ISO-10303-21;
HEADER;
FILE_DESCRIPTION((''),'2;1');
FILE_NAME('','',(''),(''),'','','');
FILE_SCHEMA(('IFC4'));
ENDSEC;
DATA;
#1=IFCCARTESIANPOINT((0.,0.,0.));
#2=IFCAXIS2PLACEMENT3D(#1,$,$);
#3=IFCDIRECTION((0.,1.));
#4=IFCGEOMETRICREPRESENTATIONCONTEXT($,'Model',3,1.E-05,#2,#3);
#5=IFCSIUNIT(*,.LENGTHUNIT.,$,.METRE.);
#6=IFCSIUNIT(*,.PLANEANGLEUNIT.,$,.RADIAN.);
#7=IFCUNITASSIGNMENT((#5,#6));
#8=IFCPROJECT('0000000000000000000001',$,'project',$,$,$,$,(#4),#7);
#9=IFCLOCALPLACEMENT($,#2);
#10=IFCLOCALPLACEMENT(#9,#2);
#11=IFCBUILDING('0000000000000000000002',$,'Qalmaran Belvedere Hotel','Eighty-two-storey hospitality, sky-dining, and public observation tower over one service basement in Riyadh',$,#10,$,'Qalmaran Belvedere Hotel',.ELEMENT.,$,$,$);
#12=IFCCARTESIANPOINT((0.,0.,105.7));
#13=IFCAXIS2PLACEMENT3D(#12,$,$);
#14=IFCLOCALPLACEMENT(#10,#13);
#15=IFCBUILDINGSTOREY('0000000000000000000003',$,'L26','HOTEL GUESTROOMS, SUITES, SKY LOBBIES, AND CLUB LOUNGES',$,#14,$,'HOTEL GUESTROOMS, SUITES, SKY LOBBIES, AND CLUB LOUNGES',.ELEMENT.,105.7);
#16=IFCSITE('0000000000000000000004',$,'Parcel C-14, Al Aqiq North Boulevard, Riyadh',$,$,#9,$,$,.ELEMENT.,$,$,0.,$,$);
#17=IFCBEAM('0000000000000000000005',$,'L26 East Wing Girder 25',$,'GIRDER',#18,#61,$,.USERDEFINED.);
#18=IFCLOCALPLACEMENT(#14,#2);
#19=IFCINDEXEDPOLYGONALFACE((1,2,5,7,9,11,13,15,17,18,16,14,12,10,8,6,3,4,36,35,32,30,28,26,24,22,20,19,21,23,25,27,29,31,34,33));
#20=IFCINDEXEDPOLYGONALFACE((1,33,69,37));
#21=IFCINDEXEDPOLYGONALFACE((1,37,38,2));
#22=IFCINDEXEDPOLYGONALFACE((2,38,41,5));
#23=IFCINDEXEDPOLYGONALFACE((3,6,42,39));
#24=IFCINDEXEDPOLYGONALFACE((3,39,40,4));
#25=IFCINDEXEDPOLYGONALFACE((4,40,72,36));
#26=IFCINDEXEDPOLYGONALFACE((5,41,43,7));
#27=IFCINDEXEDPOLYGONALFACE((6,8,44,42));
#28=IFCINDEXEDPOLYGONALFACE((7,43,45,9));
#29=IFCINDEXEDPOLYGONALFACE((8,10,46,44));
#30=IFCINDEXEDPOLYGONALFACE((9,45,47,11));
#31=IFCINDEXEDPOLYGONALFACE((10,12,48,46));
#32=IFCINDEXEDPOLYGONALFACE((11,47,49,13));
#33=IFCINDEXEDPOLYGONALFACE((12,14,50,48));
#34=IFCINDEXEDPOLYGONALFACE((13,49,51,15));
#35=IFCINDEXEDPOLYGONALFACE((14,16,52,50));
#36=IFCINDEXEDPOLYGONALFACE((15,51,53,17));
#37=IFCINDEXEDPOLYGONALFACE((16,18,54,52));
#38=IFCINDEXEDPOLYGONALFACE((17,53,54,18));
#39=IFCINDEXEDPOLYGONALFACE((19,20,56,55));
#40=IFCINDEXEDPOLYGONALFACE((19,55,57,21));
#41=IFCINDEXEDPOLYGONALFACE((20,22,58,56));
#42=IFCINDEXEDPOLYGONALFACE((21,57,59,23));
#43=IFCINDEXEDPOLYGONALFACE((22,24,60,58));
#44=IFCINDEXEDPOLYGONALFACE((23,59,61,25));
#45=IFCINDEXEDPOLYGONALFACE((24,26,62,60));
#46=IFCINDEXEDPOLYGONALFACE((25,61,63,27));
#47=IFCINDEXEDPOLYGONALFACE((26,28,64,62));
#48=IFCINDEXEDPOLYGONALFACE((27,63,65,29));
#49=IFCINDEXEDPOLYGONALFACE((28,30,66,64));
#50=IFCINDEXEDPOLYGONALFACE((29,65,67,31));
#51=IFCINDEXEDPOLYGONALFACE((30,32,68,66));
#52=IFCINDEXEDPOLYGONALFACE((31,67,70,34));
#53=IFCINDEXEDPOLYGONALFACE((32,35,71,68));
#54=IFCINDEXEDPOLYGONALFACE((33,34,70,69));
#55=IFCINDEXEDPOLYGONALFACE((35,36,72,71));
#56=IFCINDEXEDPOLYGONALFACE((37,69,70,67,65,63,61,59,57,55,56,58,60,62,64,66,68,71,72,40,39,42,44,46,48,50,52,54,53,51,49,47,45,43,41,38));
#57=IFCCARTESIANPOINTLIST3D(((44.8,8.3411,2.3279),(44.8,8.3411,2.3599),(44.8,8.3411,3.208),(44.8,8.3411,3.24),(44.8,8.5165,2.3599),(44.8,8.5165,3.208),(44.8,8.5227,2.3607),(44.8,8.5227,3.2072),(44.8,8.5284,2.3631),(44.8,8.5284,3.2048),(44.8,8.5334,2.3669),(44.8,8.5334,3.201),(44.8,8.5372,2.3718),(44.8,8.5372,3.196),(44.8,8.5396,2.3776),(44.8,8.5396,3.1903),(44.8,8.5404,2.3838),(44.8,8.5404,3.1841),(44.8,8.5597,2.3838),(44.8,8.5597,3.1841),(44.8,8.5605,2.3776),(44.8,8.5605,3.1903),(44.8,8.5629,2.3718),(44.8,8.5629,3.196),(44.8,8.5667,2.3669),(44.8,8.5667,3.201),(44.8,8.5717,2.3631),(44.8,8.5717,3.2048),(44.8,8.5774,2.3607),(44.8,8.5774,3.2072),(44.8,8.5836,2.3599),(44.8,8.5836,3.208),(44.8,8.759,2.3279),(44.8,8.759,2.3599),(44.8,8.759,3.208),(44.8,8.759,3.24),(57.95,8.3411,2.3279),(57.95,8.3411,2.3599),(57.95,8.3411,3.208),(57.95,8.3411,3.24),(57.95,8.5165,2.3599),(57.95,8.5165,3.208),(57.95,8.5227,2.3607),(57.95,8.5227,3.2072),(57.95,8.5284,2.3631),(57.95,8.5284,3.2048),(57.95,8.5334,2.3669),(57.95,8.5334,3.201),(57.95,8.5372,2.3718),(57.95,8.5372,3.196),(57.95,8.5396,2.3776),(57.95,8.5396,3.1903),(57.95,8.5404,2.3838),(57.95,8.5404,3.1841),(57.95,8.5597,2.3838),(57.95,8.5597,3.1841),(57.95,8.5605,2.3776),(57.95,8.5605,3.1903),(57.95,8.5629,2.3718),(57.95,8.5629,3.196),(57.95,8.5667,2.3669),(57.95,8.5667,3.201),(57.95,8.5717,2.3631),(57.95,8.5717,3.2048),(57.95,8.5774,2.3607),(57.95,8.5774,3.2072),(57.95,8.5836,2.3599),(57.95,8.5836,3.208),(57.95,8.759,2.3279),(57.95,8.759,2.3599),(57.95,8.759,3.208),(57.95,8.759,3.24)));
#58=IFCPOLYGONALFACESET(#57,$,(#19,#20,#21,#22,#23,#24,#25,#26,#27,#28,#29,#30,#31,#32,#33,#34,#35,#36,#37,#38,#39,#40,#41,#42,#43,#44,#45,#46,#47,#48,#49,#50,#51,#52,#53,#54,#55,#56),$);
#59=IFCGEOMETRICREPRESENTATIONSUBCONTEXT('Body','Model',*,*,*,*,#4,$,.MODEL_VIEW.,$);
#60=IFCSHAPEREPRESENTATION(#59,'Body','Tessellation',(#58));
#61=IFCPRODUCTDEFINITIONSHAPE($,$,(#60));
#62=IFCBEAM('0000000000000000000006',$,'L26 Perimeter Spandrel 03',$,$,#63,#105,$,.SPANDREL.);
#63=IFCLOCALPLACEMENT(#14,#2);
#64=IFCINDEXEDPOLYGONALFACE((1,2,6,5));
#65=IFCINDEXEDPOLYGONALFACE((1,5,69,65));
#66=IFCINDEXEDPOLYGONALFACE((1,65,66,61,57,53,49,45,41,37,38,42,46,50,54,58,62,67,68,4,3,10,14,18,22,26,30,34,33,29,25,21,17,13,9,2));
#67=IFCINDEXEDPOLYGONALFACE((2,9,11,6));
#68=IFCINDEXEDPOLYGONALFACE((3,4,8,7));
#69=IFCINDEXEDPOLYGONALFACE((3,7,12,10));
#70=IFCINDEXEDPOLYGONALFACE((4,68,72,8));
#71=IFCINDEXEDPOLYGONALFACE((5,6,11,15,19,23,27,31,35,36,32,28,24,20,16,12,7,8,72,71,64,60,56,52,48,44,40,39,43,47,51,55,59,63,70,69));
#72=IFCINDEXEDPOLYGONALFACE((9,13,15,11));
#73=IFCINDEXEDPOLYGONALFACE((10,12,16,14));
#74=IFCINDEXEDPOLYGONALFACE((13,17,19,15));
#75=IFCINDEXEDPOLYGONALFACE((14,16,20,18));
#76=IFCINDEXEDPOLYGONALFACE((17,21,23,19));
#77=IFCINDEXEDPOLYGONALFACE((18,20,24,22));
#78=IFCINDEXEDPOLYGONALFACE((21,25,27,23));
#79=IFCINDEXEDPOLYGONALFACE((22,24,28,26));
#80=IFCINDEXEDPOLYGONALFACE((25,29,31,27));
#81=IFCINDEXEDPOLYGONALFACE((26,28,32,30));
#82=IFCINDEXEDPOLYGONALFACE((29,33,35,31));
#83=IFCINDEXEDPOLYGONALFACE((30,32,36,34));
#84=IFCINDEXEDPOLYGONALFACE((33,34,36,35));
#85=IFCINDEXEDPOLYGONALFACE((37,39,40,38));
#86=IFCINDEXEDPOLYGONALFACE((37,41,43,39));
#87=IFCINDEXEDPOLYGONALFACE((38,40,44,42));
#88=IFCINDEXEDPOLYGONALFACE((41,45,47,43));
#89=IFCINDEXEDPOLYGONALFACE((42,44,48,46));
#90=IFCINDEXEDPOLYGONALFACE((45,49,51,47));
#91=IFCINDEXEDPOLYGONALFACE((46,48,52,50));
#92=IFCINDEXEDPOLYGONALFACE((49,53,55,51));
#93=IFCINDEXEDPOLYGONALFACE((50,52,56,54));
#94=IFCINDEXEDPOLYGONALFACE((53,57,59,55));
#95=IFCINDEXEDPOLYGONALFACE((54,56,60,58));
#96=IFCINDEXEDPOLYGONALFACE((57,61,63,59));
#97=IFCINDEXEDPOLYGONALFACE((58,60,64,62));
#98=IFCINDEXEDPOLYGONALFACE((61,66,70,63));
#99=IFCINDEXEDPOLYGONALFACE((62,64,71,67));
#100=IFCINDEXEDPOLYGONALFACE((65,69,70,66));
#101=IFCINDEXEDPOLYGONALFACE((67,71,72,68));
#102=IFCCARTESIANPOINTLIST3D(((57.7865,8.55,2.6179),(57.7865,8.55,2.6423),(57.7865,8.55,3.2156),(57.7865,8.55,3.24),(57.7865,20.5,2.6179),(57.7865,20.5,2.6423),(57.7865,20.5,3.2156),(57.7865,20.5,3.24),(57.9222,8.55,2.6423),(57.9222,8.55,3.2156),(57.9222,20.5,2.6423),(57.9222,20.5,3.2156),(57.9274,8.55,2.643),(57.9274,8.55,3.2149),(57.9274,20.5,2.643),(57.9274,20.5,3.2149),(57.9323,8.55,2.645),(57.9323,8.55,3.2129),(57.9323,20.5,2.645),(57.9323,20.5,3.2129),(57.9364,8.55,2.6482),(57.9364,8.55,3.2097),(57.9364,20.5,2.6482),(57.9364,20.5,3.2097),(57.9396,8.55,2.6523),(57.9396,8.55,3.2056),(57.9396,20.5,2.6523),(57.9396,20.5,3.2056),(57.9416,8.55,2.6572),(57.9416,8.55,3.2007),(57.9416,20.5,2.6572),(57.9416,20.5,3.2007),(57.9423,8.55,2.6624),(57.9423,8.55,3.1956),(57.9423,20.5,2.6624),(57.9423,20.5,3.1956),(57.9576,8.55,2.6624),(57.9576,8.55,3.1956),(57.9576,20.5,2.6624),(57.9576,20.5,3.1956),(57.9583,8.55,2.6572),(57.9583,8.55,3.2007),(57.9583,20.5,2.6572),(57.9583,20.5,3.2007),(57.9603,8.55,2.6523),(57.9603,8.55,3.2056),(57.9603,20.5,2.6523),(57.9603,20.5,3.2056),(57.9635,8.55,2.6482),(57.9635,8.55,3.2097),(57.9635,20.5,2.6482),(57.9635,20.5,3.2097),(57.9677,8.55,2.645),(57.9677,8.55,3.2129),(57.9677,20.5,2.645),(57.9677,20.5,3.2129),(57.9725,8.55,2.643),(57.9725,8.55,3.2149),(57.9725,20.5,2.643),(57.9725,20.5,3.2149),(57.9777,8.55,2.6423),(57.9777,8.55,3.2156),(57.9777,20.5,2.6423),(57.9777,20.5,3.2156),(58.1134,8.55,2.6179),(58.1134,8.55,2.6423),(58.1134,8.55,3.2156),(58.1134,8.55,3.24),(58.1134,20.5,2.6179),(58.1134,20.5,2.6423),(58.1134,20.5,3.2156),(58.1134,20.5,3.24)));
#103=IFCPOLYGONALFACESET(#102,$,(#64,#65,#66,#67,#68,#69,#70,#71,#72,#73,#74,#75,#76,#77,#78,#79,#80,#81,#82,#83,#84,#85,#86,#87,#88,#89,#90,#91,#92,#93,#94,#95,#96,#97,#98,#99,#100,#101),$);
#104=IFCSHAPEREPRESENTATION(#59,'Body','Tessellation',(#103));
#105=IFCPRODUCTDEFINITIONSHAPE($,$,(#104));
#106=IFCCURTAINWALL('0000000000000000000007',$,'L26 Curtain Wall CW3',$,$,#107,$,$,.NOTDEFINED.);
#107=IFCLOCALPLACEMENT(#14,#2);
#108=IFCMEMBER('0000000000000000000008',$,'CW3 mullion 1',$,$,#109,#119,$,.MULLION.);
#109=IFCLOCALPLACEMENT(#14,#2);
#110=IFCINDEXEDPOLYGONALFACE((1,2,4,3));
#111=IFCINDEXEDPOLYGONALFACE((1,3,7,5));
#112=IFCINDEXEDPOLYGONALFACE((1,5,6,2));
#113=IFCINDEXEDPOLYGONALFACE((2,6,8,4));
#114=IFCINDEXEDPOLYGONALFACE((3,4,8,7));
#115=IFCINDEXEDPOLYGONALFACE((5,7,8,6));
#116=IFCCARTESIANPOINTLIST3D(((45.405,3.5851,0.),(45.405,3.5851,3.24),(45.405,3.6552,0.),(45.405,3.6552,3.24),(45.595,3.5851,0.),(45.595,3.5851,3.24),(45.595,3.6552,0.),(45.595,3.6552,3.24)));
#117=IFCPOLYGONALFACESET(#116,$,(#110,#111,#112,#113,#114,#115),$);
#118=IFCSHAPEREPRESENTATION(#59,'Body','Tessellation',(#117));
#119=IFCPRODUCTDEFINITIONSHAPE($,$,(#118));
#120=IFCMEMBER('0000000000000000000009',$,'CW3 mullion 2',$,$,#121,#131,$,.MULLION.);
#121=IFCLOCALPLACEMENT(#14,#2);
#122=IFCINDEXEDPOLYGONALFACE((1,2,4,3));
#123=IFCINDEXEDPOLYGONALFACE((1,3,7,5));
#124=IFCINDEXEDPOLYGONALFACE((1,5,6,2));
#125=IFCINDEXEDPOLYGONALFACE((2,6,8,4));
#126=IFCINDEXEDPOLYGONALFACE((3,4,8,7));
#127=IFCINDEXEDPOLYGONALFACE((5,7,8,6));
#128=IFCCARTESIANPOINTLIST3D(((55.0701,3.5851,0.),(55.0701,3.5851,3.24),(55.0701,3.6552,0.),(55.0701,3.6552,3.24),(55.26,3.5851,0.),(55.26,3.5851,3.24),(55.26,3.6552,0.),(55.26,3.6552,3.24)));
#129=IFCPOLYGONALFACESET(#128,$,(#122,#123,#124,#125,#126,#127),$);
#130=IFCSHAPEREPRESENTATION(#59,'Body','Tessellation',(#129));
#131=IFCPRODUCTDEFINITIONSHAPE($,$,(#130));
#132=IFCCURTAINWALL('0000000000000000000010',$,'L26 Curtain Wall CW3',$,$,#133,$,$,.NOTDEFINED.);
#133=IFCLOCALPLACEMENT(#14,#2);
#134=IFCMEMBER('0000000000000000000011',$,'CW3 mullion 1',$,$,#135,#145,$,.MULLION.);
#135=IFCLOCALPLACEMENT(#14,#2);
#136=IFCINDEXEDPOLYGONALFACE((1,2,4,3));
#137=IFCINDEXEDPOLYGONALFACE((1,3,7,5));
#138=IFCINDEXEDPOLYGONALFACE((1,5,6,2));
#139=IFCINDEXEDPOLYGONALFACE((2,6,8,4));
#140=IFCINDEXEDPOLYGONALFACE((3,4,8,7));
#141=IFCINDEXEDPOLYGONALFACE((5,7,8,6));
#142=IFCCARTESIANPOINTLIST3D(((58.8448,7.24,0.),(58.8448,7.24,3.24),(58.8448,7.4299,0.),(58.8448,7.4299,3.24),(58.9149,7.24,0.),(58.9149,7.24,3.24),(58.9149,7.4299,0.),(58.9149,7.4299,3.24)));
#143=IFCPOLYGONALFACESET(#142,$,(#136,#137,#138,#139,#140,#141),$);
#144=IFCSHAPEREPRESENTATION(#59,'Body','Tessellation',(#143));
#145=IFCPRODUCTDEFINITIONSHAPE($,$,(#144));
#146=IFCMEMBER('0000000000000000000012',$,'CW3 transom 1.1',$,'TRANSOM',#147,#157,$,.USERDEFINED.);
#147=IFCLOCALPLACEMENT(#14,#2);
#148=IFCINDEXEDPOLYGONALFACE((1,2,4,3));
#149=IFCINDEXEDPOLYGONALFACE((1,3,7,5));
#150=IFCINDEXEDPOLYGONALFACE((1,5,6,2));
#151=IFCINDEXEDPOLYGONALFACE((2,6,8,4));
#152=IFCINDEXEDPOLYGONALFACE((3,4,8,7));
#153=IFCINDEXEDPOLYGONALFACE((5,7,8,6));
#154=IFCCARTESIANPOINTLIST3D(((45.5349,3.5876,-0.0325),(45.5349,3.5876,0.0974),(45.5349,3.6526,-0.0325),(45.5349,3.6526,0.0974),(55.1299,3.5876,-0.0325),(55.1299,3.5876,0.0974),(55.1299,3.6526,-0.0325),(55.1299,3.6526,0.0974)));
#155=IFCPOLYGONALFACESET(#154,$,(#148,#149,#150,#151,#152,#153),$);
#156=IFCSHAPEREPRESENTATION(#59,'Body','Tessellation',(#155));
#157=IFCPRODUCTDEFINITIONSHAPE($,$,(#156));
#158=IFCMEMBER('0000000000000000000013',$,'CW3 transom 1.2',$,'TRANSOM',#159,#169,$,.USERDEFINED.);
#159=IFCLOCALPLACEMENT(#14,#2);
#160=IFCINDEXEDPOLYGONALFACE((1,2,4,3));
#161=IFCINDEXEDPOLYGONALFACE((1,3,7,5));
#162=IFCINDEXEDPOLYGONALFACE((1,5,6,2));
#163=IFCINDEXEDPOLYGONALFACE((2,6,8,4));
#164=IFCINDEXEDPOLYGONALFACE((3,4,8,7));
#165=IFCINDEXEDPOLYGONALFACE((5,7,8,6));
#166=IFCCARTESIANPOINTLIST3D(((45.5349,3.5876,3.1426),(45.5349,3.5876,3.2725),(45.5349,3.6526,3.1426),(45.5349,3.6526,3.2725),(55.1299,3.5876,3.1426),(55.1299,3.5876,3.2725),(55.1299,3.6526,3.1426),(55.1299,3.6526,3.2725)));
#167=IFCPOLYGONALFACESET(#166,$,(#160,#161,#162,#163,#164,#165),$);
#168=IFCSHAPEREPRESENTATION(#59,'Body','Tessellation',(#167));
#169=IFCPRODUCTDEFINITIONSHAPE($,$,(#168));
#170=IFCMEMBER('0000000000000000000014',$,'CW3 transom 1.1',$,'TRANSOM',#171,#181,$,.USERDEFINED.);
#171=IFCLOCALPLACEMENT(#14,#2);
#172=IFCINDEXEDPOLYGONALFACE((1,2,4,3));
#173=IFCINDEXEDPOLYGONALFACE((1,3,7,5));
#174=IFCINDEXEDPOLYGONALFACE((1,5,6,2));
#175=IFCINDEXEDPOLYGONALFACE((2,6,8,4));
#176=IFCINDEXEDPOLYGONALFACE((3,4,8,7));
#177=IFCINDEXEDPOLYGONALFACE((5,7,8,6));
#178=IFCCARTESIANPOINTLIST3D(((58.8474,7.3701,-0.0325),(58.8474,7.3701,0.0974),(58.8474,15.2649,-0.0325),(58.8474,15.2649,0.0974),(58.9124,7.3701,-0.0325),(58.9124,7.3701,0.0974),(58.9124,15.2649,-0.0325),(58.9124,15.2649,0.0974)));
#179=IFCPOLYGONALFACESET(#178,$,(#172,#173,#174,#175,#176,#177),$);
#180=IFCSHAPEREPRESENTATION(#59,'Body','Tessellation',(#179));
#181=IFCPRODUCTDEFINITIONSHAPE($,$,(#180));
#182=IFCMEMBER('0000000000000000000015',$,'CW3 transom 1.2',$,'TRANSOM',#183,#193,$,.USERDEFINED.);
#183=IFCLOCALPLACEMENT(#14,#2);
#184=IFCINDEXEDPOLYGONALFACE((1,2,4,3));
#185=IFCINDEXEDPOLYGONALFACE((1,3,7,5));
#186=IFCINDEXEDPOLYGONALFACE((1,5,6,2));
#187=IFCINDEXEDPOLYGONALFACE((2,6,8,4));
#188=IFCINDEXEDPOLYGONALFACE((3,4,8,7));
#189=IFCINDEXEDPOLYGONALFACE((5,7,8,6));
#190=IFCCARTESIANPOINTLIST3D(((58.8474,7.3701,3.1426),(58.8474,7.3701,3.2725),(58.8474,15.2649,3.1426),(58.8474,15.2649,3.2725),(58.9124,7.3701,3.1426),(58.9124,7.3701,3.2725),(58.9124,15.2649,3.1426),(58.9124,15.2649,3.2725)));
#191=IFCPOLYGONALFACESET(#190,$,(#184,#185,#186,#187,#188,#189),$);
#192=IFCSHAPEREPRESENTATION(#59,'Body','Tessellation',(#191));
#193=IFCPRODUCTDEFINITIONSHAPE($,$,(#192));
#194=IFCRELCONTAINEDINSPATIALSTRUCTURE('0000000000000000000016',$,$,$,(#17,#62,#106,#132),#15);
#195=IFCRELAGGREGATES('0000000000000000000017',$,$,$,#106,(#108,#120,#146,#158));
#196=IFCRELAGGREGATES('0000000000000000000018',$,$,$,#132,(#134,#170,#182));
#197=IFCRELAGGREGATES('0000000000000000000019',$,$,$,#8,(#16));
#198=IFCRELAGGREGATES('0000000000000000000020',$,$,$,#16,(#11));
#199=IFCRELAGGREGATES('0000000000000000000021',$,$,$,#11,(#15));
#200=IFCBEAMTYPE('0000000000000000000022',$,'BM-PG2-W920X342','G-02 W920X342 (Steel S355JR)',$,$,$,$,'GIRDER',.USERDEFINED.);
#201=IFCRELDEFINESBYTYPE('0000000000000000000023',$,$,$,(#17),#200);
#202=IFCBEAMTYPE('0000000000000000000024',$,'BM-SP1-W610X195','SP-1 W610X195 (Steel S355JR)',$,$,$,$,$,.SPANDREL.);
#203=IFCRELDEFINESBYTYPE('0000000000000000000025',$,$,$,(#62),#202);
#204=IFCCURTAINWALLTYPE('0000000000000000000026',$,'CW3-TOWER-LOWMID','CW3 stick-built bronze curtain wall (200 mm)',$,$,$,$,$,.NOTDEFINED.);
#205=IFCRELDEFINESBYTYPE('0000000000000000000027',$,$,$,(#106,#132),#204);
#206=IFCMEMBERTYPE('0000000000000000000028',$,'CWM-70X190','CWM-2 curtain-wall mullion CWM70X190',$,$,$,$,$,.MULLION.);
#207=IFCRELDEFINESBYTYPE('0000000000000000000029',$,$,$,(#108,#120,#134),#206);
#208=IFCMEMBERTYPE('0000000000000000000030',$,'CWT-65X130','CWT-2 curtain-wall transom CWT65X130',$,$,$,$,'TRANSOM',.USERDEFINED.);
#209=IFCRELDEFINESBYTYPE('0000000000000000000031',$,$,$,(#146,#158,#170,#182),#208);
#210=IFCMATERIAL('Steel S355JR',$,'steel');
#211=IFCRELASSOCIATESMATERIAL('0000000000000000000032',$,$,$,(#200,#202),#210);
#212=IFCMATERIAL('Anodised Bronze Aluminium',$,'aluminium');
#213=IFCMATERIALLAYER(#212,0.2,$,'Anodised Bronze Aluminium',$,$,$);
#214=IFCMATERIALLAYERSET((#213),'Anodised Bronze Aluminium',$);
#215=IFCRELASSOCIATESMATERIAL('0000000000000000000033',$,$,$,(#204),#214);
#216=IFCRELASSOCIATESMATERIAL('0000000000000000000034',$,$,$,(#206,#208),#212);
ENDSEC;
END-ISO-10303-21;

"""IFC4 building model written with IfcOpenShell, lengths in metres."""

from ifc_helpers import new_model, si_unit, direction, frame, origin, origin_2d, place, context, subcontext, project, spatial, rectangle, i_section, extrude, material, layer, layer_set, material_profile, profile_set, type_object, element, aggregate, save


model = new_model("IFC4")

# Units and contexts
model_context = context("Model", 3, precision=1e-05, world=origin(), true_north=direction((0.0, 1.0)))
body_context = subcontext(model_context, "Body", "Model", "MODEL_VIEW")
ifc_project = project(units=[si_unit("LENGTHUNIT", "METRE"), si_unit("PLANEANGLEUNIT", "RADIAN")], contexts=[model_context])

# Site, building, storey
site_placement = place(None, origin())
site = spatial("IfcSite", under=ifc_project, at=site_placement, Name="Parcel C-14, Al Aqiq North Boulevard, Riyadh", CompositionType="ELEMENT", RefElevation=0.0)
building_placement = place(site_placement, origin())
building = spatial("IfcBuilding", under=site, at=building_placement, Name="Qalmaran Belvedere Hotel", Description="Eighty-two-storey hospitality, sky-dining, and public observation tower over one service basement in Riyadh", LongName="Qalmaran Belvedere Hotel", CompositionType="ELEMENT")
storey_placement = place(building_placement, frame((0.0, 0.0, 105.7)))
storey = spatial("IfcBuildingStorey", under=building, at=storey_placement, Name="L26", Description="HOTEL GUESTROOMS, SUITES, SKY LOBBIES, AND CLUB LOUNGES", LongName="HOTEL GUESTROOMS, SUITES, SKY LOBBIES, AND CLUB LOUNGES", CompositionType="ELEMENT", Elevation=105.7)

# Beams
ifc_material_1 = material(Name="Steel S355JR", Category="steel")
ifc_material_profile_1 = material_profile(ifc_material_1, i_section(OverallWidth=0.418, OverallDepth=0.9121, WebThickness=0.0193, FlangeThickness=0.032, FilletRadius=0.0239, at=origin_2d()), Name="W920X342")
ifc_profile_set_1 = profile_set([ifc_material_profile_1], Name="Steel S355JR")
beam_type_1 = type_object("IfcBeamType", Name="BM-PG2-W920X342", Description="G-02 W920X342 (Steel S355JR)", ElementType="GIRDER", PredefinedType="USERDEFINED", material=ifc_profile_set_1)
beam_1_placement = place(storey_placement, frame((44.8, 8.55, 2.7839), z_axis=(1.0, 0.0, 0.0), x_axis=(0.0, 1.0, 0.0)))
element("IfcBeam", 1, at=beam_1_placement, inside=storey, type_object=beam_type_1, Name="L26 East Wing Girder 25", ObjectType="GIRDER", PredefinedType="USERDEFINED", context=body_context, shape_type="SweptSolid", body=[
    extrude(i_section(OverallWidth=0.418, OverallDepth=0.9121, WebThickness=0.0193, FlangeThickness=0.032, FilletRadius=0.0239, at=origin_2d()), origin(), (0.0, 0.0, 1.0), 13.1499),
])
ifc_material_profile_2 = material_profile(ifc_material_1, i_section(OverallWidth=0.3269, OverallDepth=0.6221, WebThickness=0.0154, FlangeThickness=0.0244, FilletRadius=0.02, at=origin_2d()), Name="W610X195")
ifc_profile_set_2 = profile_set([ifc_material_profile_2], Name="Steel S355JR")
beam_type_2 = type_object("IfcBeamType", Name="BM-SP1-W610X195", Description="SP-1 W610X195 (Steel S355JR)", PredefinedType="SPANDREL", material=ifc_profile_set_2)
beam_2_placement = place(storey_placement, frame((57.95, 8.55, 2.929), z_axis=(0.0, 1.0, 0.0), x_axis=(-1.0, 0.0, 0.0)))
element("IfcBeam", 2, at=beam_2_placement, inside=storey, type_object=beam_type_2, Name="L26 Perimeter Spandrel 03", PredefinedType="SPANDREL", context=body_context, shape_type="SweptSolid", body=[
    extrude(i_section(OverallWidth=0.3269, OverallDepth=0.6221, WebThickness=0.0154, FlangeThickness=0.0244, FilletRadius=0.02, at=origin_2d()), origin(), (0.0, 0.0, 1.0), 11.95),
])

# Curtain wall, members
ifc_material_2 = material(Name="Anodised Bronze Aluminium", Category="aluminium")
ifc_layer_1 = layer(ifc_material_2, 0.2, Name="Anodised Bronze Aluminium")
ifc_layer_set_1 = layer_set([ifc_layer_1], Name="Anodised Bronze Aluminium")
curtain_wall_type = type_object("IfcCurtainWallType", Name="CW3-TOWER-LOWMID", Description="CW3 stick-built bronze curtain wall (200 mm)", PredefinedType="NOTDEFINED", material=ifc_layer_set_1)
curtain_wall_1_placement = place(storey_placement, origin())
curtain_wall_1 = element("IfcCurtainWall", 3, at=curtain_wall_1_placement, inside=storey, type_object=curtain_wall_type, Name="L26 Curtain Wall CW3", PredefinedType="NOTDEFINED")
ifc_material_profile_3 = material_profile(ifc_material_2, rectangle(XDim=0.0701, YDim=0.1899, at=origin_2d()), Name="CWM70X190")
ifc_profile_set_3 = profile_set([ifc_material_profile_3], Name="Anodised Bronze Aluminium")
member_type_1 = type_object("IfcMemberType", Name="CWM-70X190", Description="CWM-2 curtain-wall mullion CWM70X190", PredefinedType="MULLION", material=ifc_profile_set_3)
member_1_placement = place(storey_placement, frame((45.5, 3.6201, 0.0), z_axis=(0.0, 0.0, 1.0), x_axis=(0.0, 1.0, 0.0)))
member_1 = element("IfcMember", 4, at=member_1_placement, type_object=member_type_1, Name="CW3 mullion 1", PredefinedType="MULLION", context=body_context, shape_type="SweptSolid", body=[
    extrude(rectangle(XDim=0.0701, YDim=0.1899, at=origin_2d()), origin(), (0.0, 0.0, 1.0), 3.24),
])
member_2_placement = place(storey_placement, frame((55.165, 3.6201, 0.0), z_axis=(0.0, 0.0, 1.0), x_axis=(0.0, 1.0, 0.0)))
member_2 = element("IfcMember", 5, at=member_2_placement, type_object=member_type_1, Name="CW3 mullion 2", PredefinedType="MULLION", context=body_context, shape_type="SweptSolid", body=[
    extrude(rectangle(XDim=0.0701, YDim=0.1899, at=origin_2d()), origin(), (0.0, 0.0, 1.0), 3.24),
])

# Curtain wall, member
curtain_wall_2_placement = place(storey_placement, origin())
curtain_wall_2 = element("IfcCurtainWall", 6, at=curtain_wall_2_placement, inside=storey, type_object=curtain_wall_type, Name="L26 Curtain Wall CW3", PredefinedType="NOTDEFINED")
member_3_placement = place(storey_placement, frame((58.8799, 7.335, 0.0), z_axis=(0.0, 0.0, 1.0), x_axis=(-1.0, 0.0, 0.0)))
member_3 = element("IfcMember", 7, at=member_3_placement, type_object=member_type_1, Name="CW3 mullion 1", PredefinedType="MULLION", context=body_context, shape_type="SweptSolid", body=[
    extrude(rectangle(XDim=0.0701, YDim=0.1899, at=origin_2d()), origin(), (0.0, 0.0, 1.0), 3.24),
])

# Members
ifc_material_profile_4 = material_profile(ifc_material_2, rectangle(XDim=0.0649, YDim=0.1299, at=origin_2d()), Name="CWT65X130")
ifc_profile_set_4 = profile_set([ifc_material_profile_4], Name="Anodised Bronze Aluminium")
member_type_2 = type_object("IfcMemberType", Name="CWT-65X130", Description="CWT-2 curtain-wall transom CWT65X130", ElementType="TRANSOM", PredefinedType="USERDEFINED", material=ifc_profile_set_4)
member_4_placement = place(storey_placement, frame((45.5349, 3.6201, 0.0325), z_axis=(1.0, 0.0, 0.0), x_axis=(0.0, 1.0, 0.0)))
member_4 = element("IfcMember", 8, at=member_4_placement, type_object=member_type_2, Name="CW3 transom 1.1", ObjectType="TRANSOM", PredefinedType="USERDEFINED", context=body_context, shape_type="SweptSolid", body=[
    extrude(rectangle(XDim=0.0649, YDim=0.1299, at=origin_2d()), origin(), (0.0, 0.0, 1.0), 9.595),
])
member_5_placement = place(storey_placement, frame((45.5349, 3.6201, 3.2075), z_axis=(1.0, 0.0, 0.0), x_axis=(0.0, 1.0, 0.0)))
member_5 = element("IfcMember", 9, at=member_5_placement, type_object=member_type_2, Name="CW3 transom 1.2", ObjectType="TRANSOM", PredefinedType="USERDEFINED", context=body_context, shape_type="SweptSolid", body=[
    extrude(rectangle(XDim=0.0649, YDim=0.1299, at=origin_2d()), origin(), (0.0, 0.0, 1.0), 9.595),
])
member_6_placement = place(storey_placement, frame((58.8799, 7.3701, 0.0325), z_axis=(0.0, 1.0, 0.0), x_axis=(-1.0, 0.0, 0.0)))
member_6 = element("IfcMember", 10, at=member_6_placement, type_object=member_type_2, Name="CW3 transom 1.1", ObjectType="TRANSOM", PredefinedType="USERDEFINED", context=body_context, shape_type="SweptSolid", body=[
    extrude(rectangle(XDim=0.0649, YDim=0.1299, at=origin_2d()), origin(), (0.0, 0.0, 1.0), 7.8948),
])
member_7_placement = place(storey_placement, frame((58.8799, 7.3701, 3.2075), z_axis=(0.0, 1.0, 0.0), x_axis=(-1.0, 0.0, 0.0)))
member_7 = element("IfcMember", 11, at=member_7_placement, type_object=member_type_2, Name="CW3 transom 1.2", ObjectType="TRANSOM", PredefinedType="USERDEFINED", context=body_context, shape_type="SweptSolid", body=[
    extrude(rectangle(XDim=0.0649, YDim=0.1299, at=origin_2d()), origin(), (0.0, 0.0, 1.0), 7.8948),
])

aggregate(curtain_wall_1, [member_1, member_2, member_4, member_5])
aggregate(curtain_wall_2, [member_3, member_6, member_7])

save(model, "model.ifc")
